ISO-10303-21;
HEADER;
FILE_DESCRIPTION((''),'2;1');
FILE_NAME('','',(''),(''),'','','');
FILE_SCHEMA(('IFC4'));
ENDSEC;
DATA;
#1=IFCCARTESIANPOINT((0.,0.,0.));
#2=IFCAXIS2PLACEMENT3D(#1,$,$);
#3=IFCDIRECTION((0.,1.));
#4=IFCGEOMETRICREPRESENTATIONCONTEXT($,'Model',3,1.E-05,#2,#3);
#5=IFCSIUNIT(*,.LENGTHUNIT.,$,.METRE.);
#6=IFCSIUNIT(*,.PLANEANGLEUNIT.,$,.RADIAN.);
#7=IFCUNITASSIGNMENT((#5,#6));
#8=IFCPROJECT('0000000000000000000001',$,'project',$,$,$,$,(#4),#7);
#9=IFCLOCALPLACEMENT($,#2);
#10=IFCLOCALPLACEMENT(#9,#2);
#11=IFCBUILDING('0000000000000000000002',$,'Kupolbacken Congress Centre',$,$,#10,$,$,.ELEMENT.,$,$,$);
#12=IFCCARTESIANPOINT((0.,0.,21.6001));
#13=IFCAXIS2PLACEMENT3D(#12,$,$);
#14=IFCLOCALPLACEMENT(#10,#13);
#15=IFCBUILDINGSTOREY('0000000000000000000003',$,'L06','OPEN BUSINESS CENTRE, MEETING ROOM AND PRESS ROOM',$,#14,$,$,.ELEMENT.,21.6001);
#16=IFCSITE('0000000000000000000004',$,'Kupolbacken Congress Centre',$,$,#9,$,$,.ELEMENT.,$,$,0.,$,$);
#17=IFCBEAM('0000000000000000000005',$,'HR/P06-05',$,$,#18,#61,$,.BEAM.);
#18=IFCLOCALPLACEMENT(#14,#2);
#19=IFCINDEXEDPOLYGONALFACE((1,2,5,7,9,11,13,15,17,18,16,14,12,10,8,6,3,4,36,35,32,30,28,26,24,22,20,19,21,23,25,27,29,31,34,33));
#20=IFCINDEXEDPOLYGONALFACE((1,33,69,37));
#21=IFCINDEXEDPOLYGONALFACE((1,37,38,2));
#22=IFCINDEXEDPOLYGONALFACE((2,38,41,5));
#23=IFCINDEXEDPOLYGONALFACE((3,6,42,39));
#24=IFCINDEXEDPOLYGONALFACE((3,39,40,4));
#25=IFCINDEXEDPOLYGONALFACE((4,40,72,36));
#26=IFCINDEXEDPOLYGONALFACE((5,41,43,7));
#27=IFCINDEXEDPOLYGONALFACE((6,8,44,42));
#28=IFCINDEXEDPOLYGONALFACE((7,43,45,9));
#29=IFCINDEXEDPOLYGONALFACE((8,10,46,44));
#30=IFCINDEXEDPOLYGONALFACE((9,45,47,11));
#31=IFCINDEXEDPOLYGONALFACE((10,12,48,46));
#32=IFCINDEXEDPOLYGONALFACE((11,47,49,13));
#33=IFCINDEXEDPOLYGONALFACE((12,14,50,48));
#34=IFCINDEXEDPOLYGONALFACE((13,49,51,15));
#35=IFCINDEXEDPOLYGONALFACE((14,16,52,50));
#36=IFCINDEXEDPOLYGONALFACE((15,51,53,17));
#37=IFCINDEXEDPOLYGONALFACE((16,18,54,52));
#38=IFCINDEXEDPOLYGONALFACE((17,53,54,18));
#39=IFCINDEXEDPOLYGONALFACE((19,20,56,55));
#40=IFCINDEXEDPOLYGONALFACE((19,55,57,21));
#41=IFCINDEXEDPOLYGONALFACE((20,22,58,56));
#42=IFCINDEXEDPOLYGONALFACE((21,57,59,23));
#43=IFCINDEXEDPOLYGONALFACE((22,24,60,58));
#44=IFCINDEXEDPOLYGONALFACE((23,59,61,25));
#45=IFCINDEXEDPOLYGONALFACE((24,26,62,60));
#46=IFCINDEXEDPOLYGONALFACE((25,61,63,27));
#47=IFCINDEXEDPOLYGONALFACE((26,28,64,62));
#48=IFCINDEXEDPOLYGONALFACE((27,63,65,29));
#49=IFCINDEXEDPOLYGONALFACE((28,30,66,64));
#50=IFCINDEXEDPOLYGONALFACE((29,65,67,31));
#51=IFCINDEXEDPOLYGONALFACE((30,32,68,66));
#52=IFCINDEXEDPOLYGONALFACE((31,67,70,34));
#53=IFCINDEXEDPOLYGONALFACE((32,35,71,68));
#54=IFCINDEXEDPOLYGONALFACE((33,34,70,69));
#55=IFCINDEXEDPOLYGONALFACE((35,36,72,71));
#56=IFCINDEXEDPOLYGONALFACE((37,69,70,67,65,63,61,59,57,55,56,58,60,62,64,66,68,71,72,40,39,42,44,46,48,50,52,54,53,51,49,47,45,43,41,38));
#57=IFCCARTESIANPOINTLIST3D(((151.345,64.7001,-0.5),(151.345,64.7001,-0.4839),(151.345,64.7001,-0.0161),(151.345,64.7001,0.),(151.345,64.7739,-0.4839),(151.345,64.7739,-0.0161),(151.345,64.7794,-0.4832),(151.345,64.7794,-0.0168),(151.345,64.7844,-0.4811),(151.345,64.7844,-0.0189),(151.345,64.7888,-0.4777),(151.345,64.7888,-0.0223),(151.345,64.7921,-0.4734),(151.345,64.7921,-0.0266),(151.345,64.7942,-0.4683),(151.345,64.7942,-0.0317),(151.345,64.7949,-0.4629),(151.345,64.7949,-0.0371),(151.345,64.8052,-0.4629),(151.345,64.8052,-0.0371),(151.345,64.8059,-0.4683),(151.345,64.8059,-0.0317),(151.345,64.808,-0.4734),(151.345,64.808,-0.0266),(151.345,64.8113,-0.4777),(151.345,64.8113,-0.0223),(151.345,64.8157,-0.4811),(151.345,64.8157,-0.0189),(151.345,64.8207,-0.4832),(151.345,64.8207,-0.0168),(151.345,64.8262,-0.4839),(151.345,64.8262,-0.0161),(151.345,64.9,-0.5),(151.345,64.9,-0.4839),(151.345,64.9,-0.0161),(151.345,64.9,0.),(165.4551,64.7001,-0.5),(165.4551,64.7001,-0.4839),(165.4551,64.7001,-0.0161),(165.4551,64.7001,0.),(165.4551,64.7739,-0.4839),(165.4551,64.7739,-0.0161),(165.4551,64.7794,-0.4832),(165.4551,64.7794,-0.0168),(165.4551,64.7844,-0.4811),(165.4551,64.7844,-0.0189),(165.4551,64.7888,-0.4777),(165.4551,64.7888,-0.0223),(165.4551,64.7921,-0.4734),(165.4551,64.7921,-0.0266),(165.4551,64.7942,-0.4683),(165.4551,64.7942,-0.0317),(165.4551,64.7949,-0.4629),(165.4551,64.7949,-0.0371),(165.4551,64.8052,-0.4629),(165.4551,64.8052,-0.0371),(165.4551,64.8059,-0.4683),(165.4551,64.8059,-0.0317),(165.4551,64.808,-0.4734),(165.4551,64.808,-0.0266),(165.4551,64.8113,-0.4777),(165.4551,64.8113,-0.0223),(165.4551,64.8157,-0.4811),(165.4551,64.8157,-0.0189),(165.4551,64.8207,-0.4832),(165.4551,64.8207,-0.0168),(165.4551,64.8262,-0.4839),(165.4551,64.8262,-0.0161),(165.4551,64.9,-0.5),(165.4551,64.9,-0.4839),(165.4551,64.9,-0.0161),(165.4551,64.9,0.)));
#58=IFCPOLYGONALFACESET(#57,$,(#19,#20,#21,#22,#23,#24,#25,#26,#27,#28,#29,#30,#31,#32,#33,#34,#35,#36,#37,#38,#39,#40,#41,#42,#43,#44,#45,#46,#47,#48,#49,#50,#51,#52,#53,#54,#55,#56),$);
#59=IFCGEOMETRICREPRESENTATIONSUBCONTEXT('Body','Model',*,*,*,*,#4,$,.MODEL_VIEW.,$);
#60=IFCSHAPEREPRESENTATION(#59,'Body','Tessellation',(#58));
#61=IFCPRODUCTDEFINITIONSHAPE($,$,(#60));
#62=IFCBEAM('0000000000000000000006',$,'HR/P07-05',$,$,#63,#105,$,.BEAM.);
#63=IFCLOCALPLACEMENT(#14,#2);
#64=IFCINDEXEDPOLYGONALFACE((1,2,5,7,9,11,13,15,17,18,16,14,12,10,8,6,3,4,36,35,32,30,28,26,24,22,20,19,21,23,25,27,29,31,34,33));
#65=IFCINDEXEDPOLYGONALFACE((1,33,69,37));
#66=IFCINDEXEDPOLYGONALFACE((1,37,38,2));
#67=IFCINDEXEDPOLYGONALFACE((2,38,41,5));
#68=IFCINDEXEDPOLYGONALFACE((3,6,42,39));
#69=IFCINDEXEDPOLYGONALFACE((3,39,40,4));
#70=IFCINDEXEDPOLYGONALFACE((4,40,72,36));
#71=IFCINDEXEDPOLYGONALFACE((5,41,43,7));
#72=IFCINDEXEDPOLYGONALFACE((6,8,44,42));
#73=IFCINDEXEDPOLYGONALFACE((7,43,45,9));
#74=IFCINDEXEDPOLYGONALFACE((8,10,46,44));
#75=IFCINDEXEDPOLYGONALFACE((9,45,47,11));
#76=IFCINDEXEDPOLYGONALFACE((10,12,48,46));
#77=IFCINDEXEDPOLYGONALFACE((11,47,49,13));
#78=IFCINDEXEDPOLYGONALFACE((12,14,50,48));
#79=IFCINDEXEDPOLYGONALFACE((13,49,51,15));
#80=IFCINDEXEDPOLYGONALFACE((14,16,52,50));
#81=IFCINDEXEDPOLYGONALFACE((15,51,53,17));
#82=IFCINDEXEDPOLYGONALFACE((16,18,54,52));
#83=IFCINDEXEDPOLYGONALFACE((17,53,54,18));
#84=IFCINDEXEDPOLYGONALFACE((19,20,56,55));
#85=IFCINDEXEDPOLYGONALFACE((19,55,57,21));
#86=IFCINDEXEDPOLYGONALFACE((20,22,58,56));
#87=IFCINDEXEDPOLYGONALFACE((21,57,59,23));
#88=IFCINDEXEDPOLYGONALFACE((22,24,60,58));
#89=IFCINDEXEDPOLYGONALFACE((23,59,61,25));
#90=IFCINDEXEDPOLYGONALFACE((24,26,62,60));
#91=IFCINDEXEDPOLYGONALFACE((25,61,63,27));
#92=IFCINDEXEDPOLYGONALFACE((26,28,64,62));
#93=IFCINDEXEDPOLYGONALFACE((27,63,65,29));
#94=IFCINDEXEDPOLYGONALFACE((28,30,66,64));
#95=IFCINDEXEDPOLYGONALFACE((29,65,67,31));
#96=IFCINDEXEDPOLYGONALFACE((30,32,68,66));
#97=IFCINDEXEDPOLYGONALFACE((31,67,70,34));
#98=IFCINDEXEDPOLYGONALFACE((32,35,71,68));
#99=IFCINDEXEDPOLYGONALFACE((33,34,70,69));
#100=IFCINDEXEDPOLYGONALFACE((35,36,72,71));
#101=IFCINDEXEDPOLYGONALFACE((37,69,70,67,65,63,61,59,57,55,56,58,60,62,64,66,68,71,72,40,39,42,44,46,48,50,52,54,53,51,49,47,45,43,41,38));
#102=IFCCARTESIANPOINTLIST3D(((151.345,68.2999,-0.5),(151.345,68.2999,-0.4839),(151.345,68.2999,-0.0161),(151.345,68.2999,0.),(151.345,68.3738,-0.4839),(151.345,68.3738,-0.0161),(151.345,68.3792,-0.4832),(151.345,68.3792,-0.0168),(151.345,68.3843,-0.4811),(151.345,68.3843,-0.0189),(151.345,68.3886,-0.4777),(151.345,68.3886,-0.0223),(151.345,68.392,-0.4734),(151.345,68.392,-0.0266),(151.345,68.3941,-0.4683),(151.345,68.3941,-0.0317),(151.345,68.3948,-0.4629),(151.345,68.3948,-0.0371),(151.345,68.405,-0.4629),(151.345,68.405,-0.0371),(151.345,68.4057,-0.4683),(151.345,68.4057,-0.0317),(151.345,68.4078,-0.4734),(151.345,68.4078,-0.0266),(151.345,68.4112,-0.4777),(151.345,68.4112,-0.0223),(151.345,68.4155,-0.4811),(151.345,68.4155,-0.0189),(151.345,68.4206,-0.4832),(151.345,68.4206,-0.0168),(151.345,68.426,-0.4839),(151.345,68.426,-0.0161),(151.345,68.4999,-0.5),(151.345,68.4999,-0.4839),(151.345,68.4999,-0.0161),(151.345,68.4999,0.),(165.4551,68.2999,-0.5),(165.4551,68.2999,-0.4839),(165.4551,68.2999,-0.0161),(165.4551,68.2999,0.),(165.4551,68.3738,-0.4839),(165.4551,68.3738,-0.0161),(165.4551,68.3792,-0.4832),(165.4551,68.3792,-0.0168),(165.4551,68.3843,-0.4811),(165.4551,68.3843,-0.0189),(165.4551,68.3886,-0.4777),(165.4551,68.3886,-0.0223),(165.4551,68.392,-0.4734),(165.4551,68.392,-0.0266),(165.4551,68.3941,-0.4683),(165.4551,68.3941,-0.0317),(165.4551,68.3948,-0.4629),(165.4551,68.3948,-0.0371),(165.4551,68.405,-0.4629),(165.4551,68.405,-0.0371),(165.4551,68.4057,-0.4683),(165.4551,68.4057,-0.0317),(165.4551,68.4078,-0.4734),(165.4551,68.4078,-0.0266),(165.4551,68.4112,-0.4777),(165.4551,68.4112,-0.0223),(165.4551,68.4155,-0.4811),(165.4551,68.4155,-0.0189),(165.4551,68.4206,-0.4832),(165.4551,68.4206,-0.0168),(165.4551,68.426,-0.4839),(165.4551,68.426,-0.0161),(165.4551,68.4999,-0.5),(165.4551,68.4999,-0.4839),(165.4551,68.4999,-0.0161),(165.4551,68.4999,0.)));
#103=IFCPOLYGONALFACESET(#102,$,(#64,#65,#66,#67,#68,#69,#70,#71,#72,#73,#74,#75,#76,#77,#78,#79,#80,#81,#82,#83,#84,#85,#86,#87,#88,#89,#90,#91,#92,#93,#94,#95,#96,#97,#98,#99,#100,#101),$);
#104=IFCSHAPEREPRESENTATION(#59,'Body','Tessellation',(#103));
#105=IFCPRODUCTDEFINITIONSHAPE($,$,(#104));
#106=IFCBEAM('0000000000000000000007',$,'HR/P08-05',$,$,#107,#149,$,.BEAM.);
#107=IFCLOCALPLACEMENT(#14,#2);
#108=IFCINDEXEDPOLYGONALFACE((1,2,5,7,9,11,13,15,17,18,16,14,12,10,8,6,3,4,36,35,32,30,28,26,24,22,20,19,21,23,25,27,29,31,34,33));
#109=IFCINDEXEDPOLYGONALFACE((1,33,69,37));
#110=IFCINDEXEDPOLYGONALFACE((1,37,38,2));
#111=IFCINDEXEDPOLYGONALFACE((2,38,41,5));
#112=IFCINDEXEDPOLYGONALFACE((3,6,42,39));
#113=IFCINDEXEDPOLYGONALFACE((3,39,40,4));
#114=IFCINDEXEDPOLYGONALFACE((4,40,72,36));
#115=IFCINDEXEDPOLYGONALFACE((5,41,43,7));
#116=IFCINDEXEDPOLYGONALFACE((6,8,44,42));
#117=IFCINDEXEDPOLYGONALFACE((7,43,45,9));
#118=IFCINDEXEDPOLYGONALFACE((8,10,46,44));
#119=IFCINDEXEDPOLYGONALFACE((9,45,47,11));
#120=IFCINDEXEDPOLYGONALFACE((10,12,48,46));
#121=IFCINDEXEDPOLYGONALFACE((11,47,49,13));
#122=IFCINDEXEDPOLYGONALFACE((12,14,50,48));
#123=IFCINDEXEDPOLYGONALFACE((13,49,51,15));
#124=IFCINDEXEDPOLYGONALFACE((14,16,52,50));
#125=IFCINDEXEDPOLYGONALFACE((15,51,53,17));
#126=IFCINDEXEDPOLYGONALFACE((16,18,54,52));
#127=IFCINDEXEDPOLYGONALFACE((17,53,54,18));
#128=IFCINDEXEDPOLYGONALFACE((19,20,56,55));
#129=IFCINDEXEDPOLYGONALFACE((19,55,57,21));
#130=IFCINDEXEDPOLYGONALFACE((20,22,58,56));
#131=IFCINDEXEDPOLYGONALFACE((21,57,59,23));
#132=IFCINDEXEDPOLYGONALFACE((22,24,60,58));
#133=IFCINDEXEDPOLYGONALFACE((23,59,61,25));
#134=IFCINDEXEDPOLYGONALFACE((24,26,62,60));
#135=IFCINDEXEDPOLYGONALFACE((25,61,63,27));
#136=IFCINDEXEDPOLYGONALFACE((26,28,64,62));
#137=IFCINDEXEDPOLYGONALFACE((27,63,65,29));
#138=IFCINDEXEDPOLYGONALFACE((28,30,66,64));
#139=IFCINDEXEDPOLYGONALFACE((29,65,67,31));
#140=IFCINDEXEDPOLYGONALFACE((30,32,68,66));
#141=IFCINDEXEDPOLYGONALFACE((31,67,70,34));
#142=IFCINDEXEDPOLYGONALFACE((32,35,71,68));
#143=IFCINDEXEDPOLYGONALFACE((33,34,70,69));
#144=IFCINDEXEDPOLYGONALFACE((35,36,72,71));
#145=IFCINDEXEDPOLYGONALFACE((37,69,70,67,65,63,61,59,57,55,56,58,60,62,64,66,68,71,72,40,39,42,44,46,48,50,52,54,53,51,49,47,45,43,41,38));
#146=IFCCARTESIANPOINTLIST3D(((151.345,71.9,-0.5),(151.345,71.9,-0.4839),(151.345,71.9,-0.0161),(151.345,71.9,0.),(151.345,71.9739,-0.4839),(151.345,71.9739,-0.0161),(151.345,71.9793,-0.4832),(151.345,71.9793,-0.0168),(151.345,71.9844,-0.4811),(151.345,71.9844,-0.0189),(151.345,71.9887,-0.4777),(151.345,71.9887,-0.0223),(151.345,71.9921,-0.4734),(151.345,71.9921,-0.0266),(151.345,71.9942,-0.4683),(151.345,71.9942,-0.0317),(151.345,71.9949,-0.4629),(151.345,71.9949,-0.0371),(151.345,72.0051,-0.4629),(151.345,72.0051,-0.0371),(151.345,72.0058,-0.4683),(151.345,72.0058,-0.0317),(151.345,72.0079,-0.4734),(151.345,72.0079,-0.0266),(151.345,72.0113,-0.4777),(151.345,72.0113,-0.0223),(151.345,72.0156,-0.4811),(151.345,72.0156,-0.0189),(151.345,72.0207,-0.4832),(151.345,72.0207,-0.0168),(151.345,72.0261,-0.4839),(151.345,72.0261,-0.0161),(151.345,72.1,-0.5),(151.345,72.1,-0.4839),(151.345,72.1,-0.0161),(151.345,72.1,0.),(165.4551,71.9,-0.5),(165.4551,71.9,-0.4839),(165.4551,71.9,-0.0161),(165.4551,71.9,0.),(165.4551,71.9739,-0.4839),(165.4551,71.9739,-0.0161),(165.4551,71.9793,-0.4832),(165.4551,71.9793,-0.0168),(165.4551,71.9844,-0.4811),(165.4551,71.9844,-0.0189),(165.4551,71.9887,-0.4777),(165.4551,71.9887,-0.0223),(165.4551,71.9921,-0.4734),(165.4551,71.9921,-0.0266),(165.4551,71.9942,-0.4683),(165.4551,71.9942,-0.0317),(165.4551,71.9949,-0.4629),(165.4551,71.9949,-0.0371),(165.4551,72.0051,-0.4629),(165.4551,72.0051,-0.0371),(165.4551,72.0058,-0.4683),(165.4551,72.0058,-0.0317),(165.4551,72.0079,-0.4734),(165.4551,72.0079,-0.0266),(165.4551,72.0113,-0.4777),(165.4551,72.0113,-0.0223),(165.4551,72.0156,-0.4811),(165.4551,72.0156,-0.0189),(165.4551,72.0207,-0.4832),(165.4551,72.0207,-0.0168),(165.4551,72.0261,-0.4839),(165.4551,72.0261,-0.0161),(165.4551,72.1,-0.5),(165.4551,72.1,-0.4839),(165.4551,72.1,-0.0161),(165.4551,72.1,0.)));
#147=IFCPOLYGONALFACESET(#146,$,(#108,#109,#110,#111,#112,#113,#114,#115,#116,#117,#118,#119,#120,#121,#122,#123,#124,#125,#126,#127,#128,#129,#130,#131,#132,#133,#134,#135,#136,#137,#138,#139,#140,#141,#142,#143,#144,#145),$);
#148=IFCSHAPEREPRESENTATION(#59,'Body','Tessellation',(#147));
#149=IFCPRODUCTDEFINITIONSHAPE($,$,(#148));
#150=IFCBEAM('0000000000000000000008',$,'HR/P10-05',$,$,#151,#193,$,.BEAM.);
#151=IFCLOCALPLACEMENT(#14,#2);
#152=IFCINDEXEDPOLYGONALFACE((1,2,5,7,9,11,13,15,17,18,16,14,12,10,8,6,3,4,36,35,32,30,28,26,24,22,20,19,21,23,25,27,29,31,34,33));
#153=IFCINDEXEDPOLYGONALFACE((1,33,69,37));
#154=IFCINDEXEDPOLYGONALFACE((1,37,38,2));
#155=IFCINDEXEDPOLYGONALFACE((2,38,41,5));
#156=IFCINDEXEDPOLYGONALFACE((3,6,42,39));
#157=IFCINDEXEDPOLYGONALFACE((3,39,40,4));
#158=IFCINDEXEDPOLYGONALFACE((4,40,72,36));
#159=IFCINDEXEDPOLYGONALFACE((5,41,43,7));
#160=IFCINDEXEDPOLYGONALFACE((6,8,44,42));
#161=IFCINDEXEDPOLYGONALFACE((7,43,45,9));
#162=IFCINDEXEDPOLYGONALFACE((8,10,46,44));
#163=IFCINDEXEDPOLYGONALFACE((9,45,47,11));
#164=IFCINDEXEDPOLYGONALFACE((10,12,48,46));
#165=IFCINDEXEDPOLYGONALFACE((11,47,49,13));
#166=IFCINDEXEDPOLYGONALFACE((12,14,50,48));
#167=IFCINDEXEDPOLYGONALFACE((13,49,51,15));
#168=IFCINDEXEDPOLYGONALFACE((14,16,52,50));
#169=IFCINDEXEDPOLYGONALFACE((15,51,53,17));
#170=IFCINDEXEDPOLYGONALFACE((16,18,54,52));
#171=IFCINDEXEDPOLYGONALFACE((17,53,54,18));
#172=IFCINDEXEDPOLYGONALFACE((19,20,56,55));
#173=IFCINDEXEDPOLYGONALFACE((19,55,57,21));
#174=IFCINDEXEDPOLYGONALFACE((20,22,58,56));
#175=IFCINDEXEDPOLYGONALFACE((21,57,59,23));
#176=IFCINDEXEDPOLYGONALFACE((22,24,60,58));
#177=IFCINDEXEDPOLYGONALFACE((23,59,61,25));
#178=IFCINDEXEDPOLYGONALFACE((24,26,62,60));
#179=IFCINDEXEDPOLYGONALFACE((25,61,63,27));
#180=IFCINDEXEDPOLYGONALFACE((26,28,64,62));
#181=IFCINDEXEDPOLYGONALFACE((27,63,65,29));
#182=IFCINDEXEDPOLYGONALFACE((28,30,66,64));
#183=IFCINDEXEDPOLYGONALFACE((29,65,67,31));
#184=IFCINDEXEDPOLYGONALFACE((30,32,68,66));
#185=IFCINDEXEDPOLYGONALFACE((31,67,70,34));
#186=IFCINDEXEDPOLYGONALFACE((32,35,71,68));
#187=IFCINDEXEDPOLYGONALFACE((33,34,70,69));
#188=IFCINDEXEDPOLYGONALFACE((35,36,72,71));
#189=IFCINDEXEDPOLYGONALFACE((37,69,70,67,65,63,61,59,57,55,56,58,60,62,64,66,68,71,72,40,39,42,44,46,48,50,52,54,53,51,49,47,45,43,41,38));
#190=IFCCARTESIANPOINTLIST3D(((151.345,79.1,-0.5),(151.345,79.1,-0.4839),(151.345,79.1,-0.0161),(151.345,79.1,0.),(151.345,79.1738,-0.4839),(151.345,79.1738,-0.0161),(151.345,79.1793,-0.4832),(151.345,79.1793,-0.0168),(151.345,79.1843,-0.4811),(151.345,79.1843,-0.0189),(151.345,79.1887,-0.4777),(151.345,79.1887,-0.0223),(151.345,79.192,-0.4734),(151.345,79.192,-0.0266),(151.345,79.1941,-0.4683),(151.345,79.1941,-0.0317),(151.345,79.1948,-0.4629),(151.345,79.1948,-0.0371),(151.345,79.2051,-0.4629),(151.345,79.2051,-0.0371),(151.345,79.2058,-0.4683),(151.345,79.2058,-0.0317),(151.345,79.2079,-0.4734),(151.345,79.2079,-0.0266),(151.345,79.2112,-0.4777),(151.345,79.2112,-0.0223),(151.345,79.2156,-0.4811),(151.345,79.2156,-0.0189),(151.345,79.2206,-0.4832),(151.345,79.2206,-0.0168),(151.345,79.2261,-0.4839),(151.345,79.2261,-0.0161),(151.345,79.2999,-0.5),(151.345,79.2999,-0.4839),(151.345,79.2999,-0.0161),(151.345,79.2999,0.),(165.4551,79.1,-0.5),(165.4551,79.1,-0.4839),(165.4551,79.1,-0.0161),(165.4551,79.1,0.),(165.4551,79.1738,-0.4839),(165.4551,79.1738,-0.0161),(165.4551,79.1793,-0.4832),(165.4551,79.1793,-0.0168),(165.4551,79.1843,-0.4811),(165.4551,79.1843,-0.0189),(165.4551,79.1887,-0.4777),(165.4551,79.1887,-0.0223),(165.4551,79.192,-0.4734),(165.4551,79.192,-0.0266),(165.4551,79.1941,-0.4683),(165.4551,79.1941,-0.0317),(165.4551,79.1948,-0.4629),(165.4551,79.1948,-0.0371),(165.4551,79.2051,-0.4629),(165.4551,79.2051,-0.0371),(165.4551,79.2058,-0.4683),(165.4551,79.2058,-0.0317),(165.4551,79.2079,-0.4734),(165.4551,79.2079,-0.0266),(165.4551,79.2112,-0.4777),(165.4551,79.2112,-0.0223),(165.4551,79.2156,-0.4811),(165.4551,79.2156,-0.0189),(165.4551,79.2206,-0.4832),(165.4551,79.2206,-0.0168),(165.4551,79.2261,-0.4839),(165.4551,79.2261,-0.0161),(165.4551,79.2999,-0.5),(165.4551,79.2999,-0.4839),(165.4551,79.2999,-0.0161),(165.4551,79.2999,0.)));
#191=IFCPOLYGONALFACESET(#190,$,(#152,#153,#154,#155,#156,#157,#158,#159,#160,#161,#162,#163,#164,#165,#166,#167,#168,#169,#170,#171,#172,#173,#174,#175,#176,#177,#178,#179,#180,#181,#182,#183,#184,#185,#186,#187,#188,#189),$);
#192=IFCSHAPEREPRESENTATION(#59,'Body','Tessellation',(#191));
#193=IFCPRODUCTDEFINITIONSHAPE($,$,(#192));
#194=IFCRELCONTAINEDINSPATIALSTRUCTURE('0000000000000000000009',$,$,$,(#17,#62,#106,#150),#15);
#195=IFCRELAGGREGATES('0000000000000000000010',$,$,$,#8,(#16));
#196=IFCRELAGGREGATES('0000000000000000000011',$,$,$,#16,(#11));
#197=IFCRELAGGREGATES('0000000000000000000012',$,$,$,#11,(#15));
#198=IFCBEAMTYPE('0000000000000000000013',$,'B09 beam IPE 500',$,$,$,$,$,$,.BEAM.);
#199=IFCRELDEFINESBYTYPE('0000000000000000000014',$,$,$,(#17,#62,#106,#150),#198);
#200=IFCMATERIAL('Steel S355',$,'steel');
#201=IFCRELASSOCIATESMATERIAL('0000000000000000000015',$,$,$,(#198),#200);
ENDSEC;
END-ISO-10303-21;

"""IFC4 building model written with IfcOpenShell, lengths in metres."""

from ifc_helpers import new_model, si_unit, direction, frame, origin, origin_2d, place, context, subcontext, project, spatial, i_section, extrude, material, material_profile, profile_set, type_object, element, save


model = new_model("IFC4")

# Units and contexts
model_context = context("Model", 3, precision=1e-05, world=origin(), true_north=direction((0.0, 1.0)))
body_context = subcontext(model_context, "Body", "Model", "MODEL_VIEW")
ifc_project = project(units=[si_unit("LENGTHUNIT", "METRE"), si_unit("PLANEANGLEUNIT", "RADIAN")], contexts=[model_context])

# Site, building, storey
site_placement = place(None, origin())
site = spatial("IfcSite", under=ifc_project, at=site_placement, Name="Kupolbacken Congress Centre", CompositionType="ELEMENT", RefElevation=0.0)
building_placement = place(site_placement, origin())
building = spatial("IfcBuilding", under=site, at=building_placement, Name="Kupolbacken Congress Centre", CompositionType="ELEMENT")
storey_placement = place(building_placement, frame((0.0, 0.0, 21.6001)))
storey = spatial("IfcBuildingStorey", under=building, at=storey_placement, Name="L06", Description="OPEN BUSINESS CENTRE, MEETING ROOM AND PRESS ROOM", CompositionType="ELEMENT", Elevation=21.6001)

# Beams
ifc_material_1 = material(Name="Steel S355", Category="steel")
ifc_material_profile_1 = material_profile(ifc_material_1, i_section(OverallWidth=0.2, OverallDepth=0.5, WebThickness=0.0103, FlangeThickness=0.0161, FilletRadius=0.021, at=origin_2d()), Name="IPE 500")
ifc_profile_set_1 = profile_set([ifc_material_profile_1], Name="Steel S355")
beam_type_1 = type_object("IfcBeamType", Name="B09 beam IPE 500", PredefinedType="BEAM", material=ifc_profile_set_1)
for number, where, z_axis, x_axis, name in (
    (1, (151.345, 64.8, -0.25), (1.0, 0.0, 0.0), (0.0, 1.0, 0.0), "HR/P06-05"),
    (2, (151.345, 68.3999, -0.25), (1.0, 0.0, 0.0), (0.0, 1.0, 0.0), "HR/P07-05"),
    (3, (151.345, 72.0, -0.25), (1.0, 0.0, 0.0), (0.0, 1.0, 0.0), "HR/P08-05"),
    (4, (151.345, 79.2, -0.25), (1.0, 0.0, 0.0), (0.0, 1.0, 0.0), "HR/P10-05"),
):
    element("IfcBeam", number, at=place(storey_placement, frame(where, z_axis=z_axis, x_axis=x_axis)), inside=storey, type_object=beam_type_1, Name=name, PredefinedType="BEAM", context=body_context, shape_type="SweptSolid", body=[
        extrude(i_section(OverallWidth=0.2, OverallDepth=0.5, WebThickness=0.0103, FlangeThickness=0.0161, FilletRadius=0.021, at=origin_2d()), origin(), (0.0, 0.0, 1.0), 14.1101),
    ])

save(model, "model.ifc")
